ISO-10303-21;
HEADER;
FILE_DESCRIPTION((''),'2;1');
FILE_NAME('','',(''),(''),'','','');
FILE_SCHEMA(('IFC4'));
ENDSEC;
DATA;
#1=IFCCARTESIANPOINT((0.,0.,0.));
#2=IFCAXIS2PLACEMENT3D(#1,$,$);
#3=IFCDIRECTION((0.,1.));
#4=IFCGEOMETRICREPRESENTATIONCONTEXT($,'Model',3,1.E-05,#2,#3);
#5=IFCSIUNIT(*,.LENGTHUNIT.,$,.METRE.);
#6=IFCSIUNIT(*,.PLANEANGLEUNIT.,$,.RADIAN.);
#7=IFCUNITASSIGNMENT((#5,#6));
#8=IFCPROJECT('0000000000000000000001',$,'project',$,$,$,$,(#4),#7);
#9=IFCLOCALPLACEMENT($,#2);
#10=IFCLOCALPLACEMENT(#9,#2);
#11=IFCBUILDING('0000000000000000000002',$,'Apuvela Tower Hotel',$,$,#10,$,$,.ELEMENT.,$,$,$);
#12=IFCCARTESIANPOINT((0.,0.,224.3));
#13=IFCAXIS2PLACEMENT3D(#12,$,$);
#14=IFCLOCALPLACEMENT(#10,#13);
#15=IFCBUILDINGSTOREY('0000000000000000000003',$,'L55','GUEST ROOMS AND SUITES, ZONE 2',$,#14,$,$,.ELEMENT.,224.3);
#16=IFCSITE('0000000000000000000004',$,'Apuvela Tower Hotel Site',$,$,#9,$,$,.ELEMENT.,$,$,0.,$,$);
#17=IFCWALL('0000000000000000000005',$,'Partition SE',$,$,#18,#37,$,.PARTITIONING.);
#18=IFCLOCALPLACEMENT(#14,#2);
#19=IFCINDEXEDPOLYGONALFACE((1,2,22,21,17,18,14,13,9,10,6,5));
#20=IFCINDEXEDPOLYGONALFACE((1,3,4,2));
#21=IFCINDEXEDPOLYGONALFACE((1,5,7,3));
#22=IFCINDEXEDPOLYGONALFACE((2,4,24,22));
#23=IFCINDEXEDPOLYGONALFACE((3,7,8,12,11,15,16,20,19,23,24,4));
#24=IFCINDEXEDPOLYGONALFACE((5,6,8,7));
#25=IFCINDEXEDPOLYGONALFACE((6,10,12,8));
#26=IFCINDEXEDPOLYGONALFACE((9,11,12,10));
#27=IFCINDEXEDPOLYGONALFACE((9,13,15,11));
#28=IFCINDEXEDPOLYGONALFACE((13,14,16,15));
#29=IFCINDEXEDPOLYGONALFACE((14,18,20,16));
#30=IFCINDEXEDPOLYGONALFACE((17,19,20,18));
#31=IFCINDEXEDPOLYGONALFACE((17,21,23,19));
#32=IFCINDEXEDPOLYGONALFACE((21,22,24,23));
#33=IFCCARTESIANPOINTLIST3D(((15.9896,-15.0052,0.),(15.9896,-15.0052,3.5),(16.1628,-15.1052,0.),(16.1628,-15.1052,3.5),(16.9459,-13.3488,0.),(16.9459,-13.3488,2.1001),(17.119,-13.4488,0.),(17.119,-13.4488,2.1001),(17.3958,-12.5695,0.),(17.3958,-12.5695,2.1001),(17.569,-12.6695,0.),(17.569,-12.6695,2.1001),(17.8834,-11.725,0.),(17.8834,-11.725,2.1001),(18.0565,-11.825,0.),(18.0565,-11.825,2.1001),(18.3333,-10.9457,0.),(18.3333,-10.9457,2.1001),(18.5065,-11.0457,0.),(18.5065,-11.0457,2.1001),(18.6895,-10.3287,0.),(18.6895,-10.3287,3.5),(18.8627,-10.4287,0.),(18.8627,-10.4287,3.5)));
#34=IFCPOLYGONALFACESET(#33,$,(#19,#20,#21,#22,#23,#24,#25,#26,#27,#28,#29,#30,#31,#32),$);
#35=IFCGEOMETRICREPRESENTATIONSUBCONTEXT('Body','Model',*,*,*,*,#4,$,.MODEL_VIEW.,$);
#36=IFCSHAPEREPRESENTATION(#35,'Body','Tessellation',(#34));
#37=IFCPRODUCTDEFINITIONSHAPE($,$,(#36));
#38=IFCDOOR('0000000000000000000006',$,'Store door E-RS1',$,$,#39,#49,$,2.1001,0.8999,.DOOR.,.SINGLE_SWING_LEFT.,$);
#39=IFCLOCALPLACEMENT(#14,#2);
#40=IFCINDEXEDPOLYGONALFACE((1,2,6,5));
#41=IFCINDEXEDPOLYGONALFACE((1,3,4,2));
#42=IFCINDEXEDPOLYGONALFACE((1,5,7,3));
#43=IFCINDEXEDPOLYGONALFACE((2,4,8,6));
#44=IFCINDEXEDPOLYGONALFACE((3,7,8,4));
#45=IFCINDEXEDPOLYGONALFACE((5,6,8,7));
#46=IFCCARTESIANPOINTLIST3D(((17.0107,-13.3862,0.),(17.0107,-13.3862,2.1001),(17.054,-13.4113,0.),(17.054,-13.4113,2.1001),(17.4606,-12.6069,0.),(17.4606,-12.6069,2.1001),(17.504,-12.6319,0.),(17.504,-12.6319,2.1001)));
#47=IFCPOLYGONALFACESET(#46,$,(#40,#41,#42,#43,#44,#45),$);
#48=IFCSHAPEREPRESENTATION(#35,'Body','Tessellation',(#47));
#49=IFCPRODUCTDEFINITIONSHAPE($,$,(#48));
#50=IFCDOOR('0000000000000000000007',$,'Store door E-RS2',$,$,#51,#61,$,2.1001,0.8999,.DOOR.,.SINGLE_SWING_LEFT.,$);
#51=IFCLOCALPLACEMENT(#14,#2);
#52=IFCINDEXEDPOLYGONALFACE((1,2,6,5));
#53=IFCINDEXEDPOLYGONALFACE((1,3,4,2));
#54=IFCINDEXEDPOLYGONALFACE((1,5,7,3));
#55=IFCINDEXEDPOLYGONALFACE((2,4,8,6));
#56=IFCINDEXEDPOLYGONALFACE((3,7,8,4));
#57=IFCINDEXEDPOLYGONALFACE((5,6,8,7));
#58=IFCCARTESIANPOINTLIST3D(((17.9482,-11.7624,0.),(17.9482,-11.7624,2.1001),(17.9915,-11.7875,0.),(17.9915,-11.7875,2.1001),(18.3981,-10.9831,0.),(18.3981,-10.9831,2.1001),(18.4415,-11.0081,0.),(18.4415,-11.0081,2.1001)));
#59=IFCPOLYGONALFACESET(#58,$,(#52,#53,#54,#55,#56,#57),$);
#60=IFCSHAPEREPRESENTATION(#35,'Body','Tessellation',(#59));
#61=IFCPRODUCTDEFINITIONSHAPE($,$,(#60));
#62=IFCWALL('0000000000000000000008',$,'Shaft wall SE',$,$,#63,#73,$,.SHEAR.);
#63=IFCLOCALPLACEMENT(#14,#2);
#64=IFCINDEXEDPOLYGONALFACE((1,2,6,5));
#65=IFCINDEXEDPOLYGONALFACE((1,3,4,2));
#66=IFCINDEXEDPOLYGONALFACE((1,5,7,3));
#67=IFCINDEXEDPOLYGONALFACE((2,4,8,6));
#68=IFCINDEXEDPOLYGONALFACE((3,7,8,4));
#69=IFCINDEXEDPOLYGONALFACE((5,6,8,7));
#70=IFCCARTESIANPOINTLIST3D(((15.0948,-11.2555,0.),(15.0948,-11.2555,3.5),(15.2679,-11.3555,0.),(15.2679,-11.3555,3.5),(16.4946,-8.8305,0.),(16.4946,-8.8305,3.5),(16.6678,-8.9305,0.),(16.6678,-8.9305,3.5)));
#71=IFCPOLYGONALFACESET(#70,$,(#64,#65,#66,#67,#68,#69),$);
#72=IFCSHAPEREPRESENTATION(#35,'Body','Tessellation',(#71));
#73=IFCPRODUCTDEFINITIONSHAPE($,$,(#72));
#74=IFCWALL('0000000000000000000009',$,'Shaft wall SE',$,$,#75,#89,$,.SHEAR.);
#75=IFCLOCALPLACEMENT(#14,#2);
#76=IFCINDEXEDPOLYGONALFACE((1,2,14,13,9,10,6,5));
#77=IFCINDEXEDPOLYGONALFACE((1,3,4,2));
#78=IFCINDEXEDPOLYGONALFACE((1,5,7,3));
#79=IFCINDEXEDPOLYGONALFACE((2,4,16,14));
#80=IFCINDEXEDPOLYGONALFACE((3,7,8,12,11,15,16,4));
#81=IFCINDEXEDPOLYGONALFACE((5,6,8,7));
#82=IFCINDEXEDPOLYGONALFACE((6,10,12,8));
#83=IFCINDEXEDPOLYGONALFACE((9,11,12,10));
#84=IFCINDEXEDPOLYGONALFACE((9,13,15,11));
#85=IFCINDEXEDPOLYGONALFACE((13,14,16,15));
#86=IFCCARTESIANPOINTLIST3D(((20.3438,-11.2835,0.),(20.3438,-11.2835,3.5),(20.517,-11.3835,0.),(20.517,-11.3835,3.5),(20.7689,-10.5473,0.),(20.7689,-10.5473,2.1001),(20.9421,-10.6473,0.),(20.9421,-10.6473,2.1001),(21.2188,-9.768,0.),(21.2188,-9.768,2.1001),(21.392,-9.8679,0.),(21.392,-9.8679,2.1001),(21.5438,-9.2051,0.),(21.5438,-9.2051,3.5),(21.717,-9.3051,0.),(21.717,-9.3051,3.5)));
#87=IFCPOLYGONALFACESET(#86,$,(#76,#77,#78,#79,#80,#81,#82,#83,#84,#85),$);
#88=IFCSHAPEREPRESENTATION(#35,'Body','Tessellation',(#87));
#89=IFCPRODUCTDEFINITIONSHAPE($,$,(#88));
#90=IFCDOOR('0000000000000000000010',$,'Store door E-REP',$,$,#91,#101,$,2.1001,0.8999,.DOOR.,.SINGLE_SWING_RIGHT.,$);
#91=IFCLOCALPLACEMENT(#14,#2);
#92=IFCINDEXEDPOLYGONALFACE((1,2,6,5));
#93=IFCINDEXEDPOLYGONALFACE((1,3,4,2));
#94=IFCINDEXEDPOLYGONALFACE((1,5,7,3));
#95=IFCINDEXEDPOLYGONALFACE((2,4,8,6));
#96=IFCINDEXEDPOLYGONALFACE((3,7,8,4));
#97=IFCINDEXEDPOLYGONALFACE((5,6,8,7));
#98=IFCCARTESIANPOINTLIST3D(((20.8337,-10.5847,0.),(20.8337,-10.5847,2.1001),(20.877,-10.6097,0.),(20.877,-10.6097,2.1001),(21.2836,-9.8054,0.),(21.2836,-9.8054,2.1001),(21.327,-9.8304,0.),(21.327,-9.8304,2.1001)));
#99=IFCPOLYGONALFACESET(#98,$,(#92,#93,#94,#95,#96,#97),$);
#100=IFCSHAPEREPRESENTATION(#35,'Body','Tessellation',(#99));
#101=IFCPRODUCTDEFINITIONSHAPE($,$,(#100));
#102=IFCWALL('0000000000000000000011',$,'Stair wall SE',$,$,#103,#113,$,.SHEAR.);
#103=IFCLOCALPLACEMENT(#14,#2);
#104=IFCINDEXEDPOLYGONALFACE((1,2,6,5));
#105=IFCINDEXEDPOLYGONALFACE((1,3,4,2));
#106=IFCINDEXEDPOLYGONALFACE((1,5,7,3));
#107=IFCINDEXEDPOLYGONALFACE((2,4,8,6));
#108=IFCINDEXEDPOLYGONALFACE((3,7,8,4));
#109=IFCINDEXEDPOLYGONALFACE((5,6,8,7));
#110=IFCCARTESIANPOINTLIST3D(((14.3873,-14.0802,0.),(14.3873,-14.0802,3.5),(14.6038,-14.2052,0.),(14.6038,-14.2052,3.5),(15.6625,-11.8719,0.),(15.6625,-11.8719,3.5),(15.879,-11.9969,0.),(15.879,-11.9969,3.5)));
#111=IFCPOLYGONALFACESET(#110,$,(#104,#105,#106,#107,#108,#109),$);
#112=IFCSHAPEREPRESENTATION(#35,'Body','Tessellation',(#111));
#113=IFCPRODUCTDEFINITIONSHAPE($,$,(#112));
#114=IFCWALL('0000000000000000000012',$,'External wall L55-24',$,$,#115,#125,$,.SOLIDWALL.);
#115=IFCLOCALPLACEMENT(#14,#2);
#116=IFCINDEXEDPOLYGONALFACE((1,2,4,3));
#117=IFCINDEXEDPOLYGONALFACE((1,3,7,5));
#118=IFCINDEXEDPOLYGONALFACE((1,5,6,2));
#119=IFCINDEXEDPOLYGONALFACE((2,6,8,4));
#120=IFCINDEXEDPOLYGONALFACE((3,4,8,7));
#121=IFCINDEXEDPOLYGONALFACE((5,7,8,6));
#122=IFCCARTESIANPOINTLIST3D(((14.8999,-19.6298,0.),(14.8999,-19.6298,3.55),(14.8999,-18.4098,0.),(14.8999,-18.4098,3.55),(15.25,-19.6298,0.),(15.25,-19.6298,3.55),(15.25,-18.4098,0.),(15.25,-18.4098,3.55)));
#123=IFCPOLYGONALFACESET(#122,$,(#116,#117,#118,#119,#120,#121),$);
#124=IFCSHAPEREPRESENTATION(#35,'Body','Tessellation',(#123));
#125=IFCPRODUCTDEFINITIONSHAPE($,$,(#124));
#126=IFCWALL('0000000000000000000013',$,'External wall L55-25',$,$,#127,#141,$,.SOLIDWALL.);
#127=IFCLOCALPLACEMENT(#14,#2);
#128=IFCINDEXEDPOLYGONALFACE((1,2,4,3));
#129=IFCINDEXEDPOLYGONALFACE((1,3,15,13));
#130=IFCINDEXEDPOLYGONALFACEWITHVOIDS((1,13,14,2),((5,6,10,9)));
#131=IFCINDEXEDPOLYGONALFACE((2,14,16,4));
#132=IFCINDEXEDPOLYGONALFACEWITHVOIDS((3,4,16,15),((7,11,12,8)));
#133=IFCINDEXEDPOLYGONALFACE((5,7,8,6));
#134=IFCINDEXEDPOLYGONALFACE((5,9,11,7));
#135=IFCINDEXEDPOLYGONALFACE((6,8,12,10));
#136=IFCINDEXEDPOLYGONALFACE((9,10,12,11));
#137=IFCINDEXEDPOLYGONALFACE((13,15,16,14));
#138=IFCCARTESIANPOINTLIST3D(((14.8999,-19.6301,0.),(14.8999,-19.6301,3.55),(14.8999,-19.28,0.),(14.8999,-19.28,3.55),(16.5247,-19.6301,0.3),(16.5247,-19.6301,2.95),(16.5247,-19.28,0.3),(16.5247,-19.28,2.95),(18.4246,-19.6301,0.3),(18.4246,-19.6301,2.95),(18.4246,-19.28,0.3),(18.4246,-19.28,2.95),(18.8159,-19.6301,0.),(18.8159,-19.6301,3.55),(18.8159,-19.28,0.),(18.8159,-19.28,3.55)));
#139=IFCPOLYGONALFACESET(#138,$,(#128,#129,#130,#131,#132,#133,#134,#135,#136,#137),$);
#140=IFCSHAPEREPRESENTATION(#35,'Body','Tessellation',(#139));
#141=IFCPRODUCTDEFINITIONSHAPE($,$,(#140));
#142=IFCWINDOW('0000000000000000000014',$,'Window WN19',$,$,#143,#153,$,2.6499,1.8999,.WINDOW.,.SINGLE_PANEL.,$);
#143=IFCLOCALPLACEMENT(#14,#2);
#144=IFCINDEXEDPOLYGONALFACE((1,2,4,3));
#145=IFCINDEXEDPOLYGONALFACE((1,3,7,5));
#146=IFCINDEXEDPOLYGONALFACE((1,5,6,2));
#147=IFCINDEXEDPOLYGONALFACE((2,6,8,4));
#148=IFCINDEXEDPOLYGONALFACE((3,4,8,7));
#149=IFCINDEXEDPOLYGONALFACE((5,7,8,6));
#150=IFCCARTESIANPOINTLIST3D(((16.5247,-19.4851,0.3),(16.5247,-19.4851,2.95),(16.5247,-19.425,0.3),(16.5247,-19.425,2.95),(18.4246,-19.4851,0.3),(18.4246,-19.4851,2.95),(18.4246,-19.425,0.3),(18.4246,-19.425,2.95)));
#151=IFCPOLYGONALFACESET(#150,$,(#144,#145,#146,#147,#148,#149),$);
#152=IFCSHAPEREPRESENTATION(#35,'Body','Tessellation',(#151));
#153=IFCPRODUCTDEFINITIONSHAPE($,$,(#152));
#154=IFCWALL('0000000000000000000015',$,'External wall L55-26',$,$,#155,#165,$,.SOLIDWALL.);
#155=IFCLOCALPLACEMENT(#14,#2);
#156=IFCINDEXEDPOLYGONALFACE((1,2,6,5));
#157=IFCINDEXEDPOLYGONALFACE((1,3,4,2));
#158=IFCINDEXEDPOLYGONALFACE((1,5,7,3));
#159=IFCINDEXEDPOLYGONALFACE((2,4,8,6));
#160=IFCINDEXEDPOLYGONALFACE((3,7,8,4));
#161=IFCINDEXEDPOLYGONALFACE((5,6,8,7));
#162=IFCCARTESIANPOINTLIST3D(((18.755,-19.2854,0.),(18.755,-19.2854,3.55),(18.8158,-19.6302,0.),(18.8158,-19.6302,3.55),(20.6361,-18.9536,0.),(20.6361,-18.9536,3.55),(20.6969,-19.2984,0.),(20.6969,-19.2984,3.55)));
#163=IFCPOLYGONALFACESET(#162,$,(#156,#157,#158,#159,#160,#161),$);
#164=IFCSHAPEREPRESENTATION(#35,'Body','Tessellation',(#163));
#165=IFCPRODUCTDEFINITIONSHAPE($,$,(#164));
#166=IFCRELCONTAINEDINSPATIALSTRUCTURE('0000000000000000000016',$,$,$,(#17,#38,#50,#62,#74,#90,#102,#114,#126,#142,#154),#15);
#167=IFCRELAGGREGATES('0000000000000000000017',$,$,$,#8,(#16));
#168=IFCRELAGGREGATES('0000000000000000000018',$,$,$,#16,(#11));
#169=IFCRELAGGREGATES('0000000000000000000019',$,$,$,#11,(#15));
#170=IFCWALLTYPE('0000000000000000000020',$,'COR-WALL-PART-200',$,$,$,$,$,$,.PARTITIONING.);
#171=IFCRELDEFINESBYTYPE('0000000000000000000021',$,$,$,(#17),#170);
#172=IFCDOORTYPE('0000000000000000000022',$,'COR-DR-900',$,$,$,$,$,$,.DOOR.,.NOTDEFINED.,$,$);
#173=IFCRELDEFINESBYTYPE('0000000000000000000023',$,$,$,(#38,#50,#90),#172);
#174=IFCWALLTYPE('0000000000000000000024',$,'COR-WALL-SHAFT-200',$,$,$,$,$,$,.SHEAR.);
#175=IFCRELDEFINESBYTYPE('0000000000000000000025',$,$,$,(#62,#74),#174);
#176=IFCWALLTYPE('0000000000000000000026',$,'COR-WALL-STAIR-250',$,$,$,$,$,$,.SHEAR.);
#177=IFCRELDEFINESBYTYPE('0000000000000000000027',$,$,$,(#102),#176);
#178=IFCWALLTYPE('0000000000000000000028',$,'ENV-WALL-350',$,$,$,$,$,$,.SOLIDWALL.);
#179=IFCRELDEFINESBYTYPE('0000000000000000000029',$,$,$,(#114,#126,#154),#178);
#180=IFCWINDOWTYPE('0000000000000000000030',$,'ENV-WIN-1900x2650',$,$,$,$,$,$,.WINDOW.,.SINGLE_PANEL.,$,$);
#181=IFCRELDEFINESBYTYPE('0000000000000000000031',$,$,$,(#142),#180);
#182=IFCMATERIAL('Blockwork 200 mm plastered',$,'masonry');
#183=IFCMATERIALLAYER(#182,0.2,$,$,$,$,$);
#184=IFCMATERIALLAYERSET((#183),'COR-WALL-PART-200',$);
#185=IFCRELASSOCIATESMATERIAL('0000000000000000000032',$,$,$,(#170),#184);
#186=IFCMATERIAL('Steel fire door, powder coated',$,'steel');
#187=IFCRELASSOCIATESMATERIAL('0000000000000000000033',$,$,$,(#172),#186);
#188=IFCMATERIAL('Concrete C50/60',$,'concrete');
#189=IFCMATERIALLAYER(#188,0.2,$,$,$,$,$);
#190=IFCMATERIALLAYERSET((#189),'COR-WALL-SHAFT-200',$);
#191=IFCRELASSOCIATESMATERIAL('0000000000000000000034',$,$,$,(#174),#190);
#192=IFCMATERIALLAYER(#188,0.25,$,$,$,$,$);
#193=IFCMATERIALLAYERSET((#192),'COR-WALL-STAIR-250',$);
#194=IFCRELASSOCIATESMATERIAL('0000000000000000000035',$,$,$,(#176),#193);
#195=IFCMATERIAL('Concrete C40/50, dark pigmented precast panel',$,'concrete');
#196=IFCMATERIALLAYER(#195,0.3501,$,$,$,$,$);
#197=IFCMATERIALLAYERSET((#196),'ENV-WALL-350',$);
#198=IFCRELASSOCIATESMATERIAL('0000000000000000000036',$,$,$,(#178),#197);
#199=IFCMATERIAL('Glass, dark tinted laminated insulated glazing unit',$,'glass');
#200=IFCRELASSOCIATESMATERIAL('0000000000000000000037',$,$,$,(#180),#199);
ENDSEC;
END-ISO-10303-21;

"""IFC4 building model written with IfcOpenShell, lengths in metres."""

from ifc_helpers import new_model, si_unit, direction, frame, frame_2d, origin, place, context, subcontext, project, spatial, rectangle, extrude, material, layer, layer_set, type_object, element, fill, save


model = new_model("IFC4")

# Units and contexts
model_context = context("Model", 3, precision=1e-05, world=origin(), true_north=direction((0.0, 1.0)))
body_context = subcontext(model_context, "Body", "Model", "MODEL_VIEW")
ifc_project = project(units=[si_unit("LENGTHUNIT", "METRE"), si_unit("PLANEANGLEUNIT", "RADIAN")], contexts=[model_context])

# Site, building, storey
site_placement = place(None, origin())
site = spatial("IfcSite", under=ifc_project, at=site_placement, Name="Apuvela Tower Hotel Site", CompositionType="ELEMENT", RefElevation=0.0)
building_placement = place(site_placement, origin())
building = spatial("IfcBuilding", under=site, at=building_placement, Name="Apuvela Tower Hotel", CompositionType="ELEMENT")
storey_placement = place(building_placement, frame((0.0, 0.0, 224.3)))
storey = spatial("IfcBuildingStorey", under=building, at=storey_placement, Name="L55", Description="GUEST ROOMS AND SUITES, ZONE 2", CompositionType="ELEMENT", Elevation=224.3)

# Wall, openings, doors
ifc_material_1 = material(Name="Blockwork 200 mm plastered", Category="masonry")
ifc_layer_1 = layer(ifc_material_1, 0.2)
ifc_layer_set_1 = layer_set([ifc_layer_1], Name="COR-WALL-PART-200")
wall_type_1 = type_object("IfcWallType", Name="COR-WALL-PART-200", PredefinedType="PARTITIONING", material=ifc_layer_set_1)
wall_1_placement = place(storey_placement, frame((16.0762, -15.0552, 0.0), z_axis=(0.0, 0.0, 1.0), x_axis=(0.499995, 0.866028, 0.0)))
wall_1 = element("IfcWall", 1, at=wall_1_placement, inside=storey, type_object=wall_type_1, Name="Partition SE", PredefinedType="PARTITIONING", context=body_context, shape_type="SweptSolid", body=[
    extrude(rectangle(XDim=5.3999, YDim=0.2, at=frame_2d((2.7, 0.0))), origin(), (0.0, 0.0, 1.0), 3.5),
])
opening_1_placement = place(wall_1_placement, frame((1.9126, 0.0, 0.0)))
opening_1 = element("IfcOpeningElement", 2, at=opening_1_placement, cuts=wall_1, PredefinedType="OPENING", context=body_context, shape_type="SweptSolid", body=[
    extrude(rectangle(XDim=0.8999, YDim=2.1001, at=frame_2d((0.45, 1.05))), frame((0.0, 0.1099, 0.0), z_axis=(0.0, -1.0, 0.0), x_axis=(1.0, 0.0, 0.0)), (0.0, 0.0, 1.0), 0.22),
])
opening_2_placement = place(wall_1_placement, frame((3.7876, 0.0, 0.0)))
opening_2 = element("IfcOpeningElement", 3, at=opening_2_placement, cuts=wall_1, PredefinedType="OPENING", context=body_context, shape_type="SweptSolid", body=[
    extrude(rectangle(XDim=0.8999, YDim=2.1001, at=frame_2d((0.45, 1.05))), frame((0.0, 0.1099, 0.0), z_axis=(0.0, -1.0, 0.0), x_axis=(1.0, 0.0, 0.0)), (0.0, 0.0, 1.0), 0.22),
])
ifc_material_2 = material(Name="Steel fire door, powder coated", Category="steel")
door_type_1 = type_object("IfcDoorType", Name="COR-DR-900", OperationType="NOTDEFINED", PredefinedType="DOOR", material=ifc_material_2)
door_1_placement = place(opening_1_placement, frame((0.8999, 0.0, 0.0), z_axis=(0.0, 0.0, 1.0), x_axis=(-1.0, 0.0, 0.0)))
door_1 = element("IfcDoor", 4, at=door_1_placement, inside=storey, type_object=door_type_1, Name="Store door E-RS1", OperationType="SINGLE_SWING_LEFT", OverallHeight=2.1001, OverallWidth=0.8999, PredefinedType="DOOR", context=body_context, shape_type="SweptSolid", body=[
    extrude(rectangle(XDim=0.8999, YDim=2.1001, at=frame_2d((0.45, 1.05))), frame((0.0, 0.0249, 0.0), z_axis=(0.0, -1.0, 0.0), x_axis=(1.0, 0.0, 0.0)), (0.0, 0.0, 1.0), 0.05),
])
fill(opening_1, door_1)
door_2_placement = place(opening_2_placement, frame((0.8999, 0.0, 0.0), z_axis=(0.0, 0.0, 1.0), x_axis=(-1.0, 0.0, 0.0)))
door_2 = element("IfcDoor", 5, at=door_2_placement, inside=storey, type_object=door_type_1, Name="Store door E-RS2", OperationType="SINGLE_SWING_LEFT", OverallHeight=2.1001, OverallWidth=0.8999, PredefinedType="DOOR", context=body_context, shape_type="SweptSolid", body=[
    extrude(rectangle(XDim=0.8999, YDim=2.1001, at=frame_2d((0.45, 1.05))), frame((0.0, 0.0249, 0.0), z_axis=(0.0, -1.0, 0.0), x_axis=(1.0, 0.0, 0.0)), (0.0, 0.0, 1.0), 0.05),
])
fill(opening_2, door_2)

# Wall
ifc_material_3 = material(Name="Concrete C50/60", Category="concrete")
ifc_layer_2 = layer(ifc_material_3, 0.2)
ifc_layer_set_2 = layer_set([ifc_layer_2], Name="COR-WALL-SHAFT-200")
wall_type_2 = type_object("IfcWallType", Name="COR-WALL-SHAFT-200", PredefinedType="SHEAR", material=ifc_layer_set_2)
wall_2_placement = place(storey_placement, frame((15.1814, -11.3054, 0.0), z_axis=(0.0, 0.0, 1.0), x_axis=(0.499946, 0.866056, 0.0)))
element("IfcWall", 6, at=wall_2_placement, inside=storey, type_object=wall_type_2, Name="Shaft wall SE", PredefinedType="SHEAR", context=body_context, shape_type="SweptSolid", body=[
    extrude(rectangle(XDim=2.8, YDim=0.2, at=frame_2d((1.3999, 0.0))), origin(), (0.0, 0.0, 1.0), 3.5),
])

# Wall, opening, door
wall_3_placement = place(storey_placement, frame((20.4304, -11.3335, 0.0), z_axis=(0.0, 0.0, 1.0), x_axis=(0.500001, 0.866025, 0.0)))
wall_3 = element("IfcWall", 7, at=wall_3_placement, inside=storey, type_object=wall_type_2, Name="Shaft wall SE", PredefinedType="SHEAR", context=body_context, shape_type="SweptSolid", body=[
    extrude(rectangle(XDim=2.3999, YDim=0.2, at=frame_2d((1.2, 0.0))), origin(), (0.0, 0.0, 1.0), 3.5),
])
opening_3_placement = place(wall_3_placement, frame((0.8501, 0.0, 0.0)))
opening_3 = element("IfcOpeningElement", 8, at=opening_3_placement, cuts=wall_3, PredefinedType="OPENING", context=body_context, shape_type="SweptSolid", body=[
    extrude(rectangle(XDim=0.8999, YDim=2.1001, at=frame_2d((0.45, 1.05))), frame((0.0, 0.1099, 0.0), z_axis=(0.0, -1.0, 0.0), x_axis=(1.0, 0.0, 0.0)), (0.0, 0.0, 1.0), 0.22),
])
door_3_placement = place(opening_3_placement, frame((0.8999, 0.0, 0.0), z_axis=(0.0, 0.0, 1.0), x_axis=(-1.0, 0.0, 0.0)))
door_3 = element("IfcDoor", 9, at=door_3_placement, inside=storey, type_object=door_type_1, Name="Store door E-REP", OperationType="SINGLE_SWING_RIGHT", OverallHeight=2.1001, OverallWidth=0.8999, PredefinedType="DOOR", context=body_context, shape_type="SweptSolid", body=[
    extrude(rectangle(XDim=0.8999, YDim=2.1001, at=frame_2d((0.45, 1.05))), frame((0.0, 0.0249, 0.0), z_axis=(0.0, -1.0, 0.0), x_axis=(1.0, 0.0, 0.0)), (0.0, 0.0, 1.0), 0.05),
])
fill(opening_3, door_3)

# Walls
ifc_layer_3 = layer(ifc_material_3, 0.25)
ifc_layer_set_3 = layer_set([ifc_layer_3], Name="COR-WALL-STAIR-250")
wall_type_3 = type_object("IfcWallType", Name="COR-WALL-STAIR-250", PredefinedType="SHEAR", material=ifc_layer_set_3)
wall_4_placement = place(storey_placement, frame((14.4956, -14.1426, 0.0), z_axis=(0.0, 0.0, 1.0), x_axis=(0.500062, 0.865989, 0.0)))
element("IfcWall", 10, at=wall_4_placement, inside=storey, type_object=wall_type_3, Name="Stair wall SE", PredefinedType="SHEAR", context=body_context, shape_type="SweptSolid", body=[
    extrude(rectangle(XDim=2.55, YDim=0.25, at=frame_2d((1.2749, 0.0))), origin(), (0.0, 0.0, 1.0), 3.5),
])
ifc_material_4 = material(Name="Concrete C40/50, dark pigmented precast panel", Category="concrete")
ifc_layer_4 = layer(ifc_material_4, 0.3501)
ifc_layer_set_4 = layer_set([ifc_layer_4], Name="ENV-WALL-350")
wall_type_4 = type_object("IfcWallType", Name="ENV-WALL-350", PredefinedType="SOLIDWALL", material=ifc_layer_set_4)
wall_5_placement = place(storey_placement, frame((15.075, -18.4099, 0.0), z_axis=(0.0, 0.0, 1.0), x_axis=(0.0, -1.0, 0.0)))
element("IfcWall", 11, at=wall_5_placement, inside=storey, type_object=wall_type_4, Name="External wall L55-24", PredefinedType="SOLIDWALL", context=body_context, shape_type="SweptSolid", body=[
    extrude(rectangle(XDim=1.22, YDim=0.3501, at=frame_2d((0.6099, 0.0))), origin(), (0.0, 0.0, 1.0), 3.55),
])

# Wall, opening, window
wall_6_placement = place(storey_placement, frame((14.8999, -19.4551, 0.0), z_axis=(0.0, 0.0, 1.0), x_axis=(1.0, 0.0, 0.0)))
wall_6 = element("IfcWall", 12, at=wall_6_placement, inside=storey, type_object=wall_type_4, Name="External wall L55-25", PredefinedType="SOLIDWALL", context=body_context, shape_type="SweptSolid", body=[
    extrude(rectangle(XDim=3.916, YDim=0.3501, at=frame_2d((1.958, 0.0))), origin(), (0.0, 0.0, 1.0), 3.55),
])
opening_4_placement = place(wall_6_placement, frame((1.6248, 0.0, 0.3)))
opening_4 = element("IfcOpeningElement", 13, at=opening_4_placement, cuts=wall_6, PredefinedType="OPENING", context=body_context, shape_type="SweptSolid", body=[
    extrude(rectangle(XDim=1.8999, YDim=2.6499, at=frame_2d((0.95, 1.325))), frame((0.0, 0.1851, 0.0), z_axis=(0.0, -1.0, 0.0), x_axis=(1.0, 0.0, 0.0)), (0.0, 0.0, 1.0), 0.3701),
])
ifc_material_5 = material(Name="Glass, dark tinted laminated insulated glazing unit", Category="glass")
window_type = type_object("IfcWindowType", Name="ENV-WIN-1900x2650", PartitioningType="SINGLE_PANEL", PredefinedType="WINDOW", material=ifc_material_5)
window_placement = place(opening_4_placement, origin())
window = element("IfcWindow", 14, at=window_placement, inside=storey, type_object=window_type, Name="Window WN19", OverallHeight=2.6499, OverallWidth=1.8999, PartitioningType="SINGLE_PANEL", PredefinedType="WINDOW", context=body_context, shape_type="SweptSolid", body=[
    extrude(rectangle(XDim=1.8999, YDim=2.6499, at=frame_2d((0.95, 1.325))), frame((0.0, 0.03, 0.0), z_axis=(0.0, -1.0, 0.0), x_axis=(1.0, 0.0, 0.0)), (0.0, 0.0, 1.0), 0.0601),
])
fill(opening_4, window)

# Wall
wall_7_placement = place(storey_placement, frame((18.7854, -19.4578, 0.0), z_axis=(0.0, 0.0, 1.0), x_axis=(0.984799, 0.173698, 0.0)))
element("IfcWall", 15, at=wall_7_placement, inside=storey, type_object=wall_type_4, Name="External wall L55-26", PredefinedType="SOLIDWALL", context=body_context, shape_type="SweptSolid", body=[
    extrude(rectangle(XDim=1.9102, YDim=0.3501, at=frame_2d((0.9551, 0.0))), origin(), (0.0, 0.0, 1.0), 3.55),
])

save(model, "model.ifc")
